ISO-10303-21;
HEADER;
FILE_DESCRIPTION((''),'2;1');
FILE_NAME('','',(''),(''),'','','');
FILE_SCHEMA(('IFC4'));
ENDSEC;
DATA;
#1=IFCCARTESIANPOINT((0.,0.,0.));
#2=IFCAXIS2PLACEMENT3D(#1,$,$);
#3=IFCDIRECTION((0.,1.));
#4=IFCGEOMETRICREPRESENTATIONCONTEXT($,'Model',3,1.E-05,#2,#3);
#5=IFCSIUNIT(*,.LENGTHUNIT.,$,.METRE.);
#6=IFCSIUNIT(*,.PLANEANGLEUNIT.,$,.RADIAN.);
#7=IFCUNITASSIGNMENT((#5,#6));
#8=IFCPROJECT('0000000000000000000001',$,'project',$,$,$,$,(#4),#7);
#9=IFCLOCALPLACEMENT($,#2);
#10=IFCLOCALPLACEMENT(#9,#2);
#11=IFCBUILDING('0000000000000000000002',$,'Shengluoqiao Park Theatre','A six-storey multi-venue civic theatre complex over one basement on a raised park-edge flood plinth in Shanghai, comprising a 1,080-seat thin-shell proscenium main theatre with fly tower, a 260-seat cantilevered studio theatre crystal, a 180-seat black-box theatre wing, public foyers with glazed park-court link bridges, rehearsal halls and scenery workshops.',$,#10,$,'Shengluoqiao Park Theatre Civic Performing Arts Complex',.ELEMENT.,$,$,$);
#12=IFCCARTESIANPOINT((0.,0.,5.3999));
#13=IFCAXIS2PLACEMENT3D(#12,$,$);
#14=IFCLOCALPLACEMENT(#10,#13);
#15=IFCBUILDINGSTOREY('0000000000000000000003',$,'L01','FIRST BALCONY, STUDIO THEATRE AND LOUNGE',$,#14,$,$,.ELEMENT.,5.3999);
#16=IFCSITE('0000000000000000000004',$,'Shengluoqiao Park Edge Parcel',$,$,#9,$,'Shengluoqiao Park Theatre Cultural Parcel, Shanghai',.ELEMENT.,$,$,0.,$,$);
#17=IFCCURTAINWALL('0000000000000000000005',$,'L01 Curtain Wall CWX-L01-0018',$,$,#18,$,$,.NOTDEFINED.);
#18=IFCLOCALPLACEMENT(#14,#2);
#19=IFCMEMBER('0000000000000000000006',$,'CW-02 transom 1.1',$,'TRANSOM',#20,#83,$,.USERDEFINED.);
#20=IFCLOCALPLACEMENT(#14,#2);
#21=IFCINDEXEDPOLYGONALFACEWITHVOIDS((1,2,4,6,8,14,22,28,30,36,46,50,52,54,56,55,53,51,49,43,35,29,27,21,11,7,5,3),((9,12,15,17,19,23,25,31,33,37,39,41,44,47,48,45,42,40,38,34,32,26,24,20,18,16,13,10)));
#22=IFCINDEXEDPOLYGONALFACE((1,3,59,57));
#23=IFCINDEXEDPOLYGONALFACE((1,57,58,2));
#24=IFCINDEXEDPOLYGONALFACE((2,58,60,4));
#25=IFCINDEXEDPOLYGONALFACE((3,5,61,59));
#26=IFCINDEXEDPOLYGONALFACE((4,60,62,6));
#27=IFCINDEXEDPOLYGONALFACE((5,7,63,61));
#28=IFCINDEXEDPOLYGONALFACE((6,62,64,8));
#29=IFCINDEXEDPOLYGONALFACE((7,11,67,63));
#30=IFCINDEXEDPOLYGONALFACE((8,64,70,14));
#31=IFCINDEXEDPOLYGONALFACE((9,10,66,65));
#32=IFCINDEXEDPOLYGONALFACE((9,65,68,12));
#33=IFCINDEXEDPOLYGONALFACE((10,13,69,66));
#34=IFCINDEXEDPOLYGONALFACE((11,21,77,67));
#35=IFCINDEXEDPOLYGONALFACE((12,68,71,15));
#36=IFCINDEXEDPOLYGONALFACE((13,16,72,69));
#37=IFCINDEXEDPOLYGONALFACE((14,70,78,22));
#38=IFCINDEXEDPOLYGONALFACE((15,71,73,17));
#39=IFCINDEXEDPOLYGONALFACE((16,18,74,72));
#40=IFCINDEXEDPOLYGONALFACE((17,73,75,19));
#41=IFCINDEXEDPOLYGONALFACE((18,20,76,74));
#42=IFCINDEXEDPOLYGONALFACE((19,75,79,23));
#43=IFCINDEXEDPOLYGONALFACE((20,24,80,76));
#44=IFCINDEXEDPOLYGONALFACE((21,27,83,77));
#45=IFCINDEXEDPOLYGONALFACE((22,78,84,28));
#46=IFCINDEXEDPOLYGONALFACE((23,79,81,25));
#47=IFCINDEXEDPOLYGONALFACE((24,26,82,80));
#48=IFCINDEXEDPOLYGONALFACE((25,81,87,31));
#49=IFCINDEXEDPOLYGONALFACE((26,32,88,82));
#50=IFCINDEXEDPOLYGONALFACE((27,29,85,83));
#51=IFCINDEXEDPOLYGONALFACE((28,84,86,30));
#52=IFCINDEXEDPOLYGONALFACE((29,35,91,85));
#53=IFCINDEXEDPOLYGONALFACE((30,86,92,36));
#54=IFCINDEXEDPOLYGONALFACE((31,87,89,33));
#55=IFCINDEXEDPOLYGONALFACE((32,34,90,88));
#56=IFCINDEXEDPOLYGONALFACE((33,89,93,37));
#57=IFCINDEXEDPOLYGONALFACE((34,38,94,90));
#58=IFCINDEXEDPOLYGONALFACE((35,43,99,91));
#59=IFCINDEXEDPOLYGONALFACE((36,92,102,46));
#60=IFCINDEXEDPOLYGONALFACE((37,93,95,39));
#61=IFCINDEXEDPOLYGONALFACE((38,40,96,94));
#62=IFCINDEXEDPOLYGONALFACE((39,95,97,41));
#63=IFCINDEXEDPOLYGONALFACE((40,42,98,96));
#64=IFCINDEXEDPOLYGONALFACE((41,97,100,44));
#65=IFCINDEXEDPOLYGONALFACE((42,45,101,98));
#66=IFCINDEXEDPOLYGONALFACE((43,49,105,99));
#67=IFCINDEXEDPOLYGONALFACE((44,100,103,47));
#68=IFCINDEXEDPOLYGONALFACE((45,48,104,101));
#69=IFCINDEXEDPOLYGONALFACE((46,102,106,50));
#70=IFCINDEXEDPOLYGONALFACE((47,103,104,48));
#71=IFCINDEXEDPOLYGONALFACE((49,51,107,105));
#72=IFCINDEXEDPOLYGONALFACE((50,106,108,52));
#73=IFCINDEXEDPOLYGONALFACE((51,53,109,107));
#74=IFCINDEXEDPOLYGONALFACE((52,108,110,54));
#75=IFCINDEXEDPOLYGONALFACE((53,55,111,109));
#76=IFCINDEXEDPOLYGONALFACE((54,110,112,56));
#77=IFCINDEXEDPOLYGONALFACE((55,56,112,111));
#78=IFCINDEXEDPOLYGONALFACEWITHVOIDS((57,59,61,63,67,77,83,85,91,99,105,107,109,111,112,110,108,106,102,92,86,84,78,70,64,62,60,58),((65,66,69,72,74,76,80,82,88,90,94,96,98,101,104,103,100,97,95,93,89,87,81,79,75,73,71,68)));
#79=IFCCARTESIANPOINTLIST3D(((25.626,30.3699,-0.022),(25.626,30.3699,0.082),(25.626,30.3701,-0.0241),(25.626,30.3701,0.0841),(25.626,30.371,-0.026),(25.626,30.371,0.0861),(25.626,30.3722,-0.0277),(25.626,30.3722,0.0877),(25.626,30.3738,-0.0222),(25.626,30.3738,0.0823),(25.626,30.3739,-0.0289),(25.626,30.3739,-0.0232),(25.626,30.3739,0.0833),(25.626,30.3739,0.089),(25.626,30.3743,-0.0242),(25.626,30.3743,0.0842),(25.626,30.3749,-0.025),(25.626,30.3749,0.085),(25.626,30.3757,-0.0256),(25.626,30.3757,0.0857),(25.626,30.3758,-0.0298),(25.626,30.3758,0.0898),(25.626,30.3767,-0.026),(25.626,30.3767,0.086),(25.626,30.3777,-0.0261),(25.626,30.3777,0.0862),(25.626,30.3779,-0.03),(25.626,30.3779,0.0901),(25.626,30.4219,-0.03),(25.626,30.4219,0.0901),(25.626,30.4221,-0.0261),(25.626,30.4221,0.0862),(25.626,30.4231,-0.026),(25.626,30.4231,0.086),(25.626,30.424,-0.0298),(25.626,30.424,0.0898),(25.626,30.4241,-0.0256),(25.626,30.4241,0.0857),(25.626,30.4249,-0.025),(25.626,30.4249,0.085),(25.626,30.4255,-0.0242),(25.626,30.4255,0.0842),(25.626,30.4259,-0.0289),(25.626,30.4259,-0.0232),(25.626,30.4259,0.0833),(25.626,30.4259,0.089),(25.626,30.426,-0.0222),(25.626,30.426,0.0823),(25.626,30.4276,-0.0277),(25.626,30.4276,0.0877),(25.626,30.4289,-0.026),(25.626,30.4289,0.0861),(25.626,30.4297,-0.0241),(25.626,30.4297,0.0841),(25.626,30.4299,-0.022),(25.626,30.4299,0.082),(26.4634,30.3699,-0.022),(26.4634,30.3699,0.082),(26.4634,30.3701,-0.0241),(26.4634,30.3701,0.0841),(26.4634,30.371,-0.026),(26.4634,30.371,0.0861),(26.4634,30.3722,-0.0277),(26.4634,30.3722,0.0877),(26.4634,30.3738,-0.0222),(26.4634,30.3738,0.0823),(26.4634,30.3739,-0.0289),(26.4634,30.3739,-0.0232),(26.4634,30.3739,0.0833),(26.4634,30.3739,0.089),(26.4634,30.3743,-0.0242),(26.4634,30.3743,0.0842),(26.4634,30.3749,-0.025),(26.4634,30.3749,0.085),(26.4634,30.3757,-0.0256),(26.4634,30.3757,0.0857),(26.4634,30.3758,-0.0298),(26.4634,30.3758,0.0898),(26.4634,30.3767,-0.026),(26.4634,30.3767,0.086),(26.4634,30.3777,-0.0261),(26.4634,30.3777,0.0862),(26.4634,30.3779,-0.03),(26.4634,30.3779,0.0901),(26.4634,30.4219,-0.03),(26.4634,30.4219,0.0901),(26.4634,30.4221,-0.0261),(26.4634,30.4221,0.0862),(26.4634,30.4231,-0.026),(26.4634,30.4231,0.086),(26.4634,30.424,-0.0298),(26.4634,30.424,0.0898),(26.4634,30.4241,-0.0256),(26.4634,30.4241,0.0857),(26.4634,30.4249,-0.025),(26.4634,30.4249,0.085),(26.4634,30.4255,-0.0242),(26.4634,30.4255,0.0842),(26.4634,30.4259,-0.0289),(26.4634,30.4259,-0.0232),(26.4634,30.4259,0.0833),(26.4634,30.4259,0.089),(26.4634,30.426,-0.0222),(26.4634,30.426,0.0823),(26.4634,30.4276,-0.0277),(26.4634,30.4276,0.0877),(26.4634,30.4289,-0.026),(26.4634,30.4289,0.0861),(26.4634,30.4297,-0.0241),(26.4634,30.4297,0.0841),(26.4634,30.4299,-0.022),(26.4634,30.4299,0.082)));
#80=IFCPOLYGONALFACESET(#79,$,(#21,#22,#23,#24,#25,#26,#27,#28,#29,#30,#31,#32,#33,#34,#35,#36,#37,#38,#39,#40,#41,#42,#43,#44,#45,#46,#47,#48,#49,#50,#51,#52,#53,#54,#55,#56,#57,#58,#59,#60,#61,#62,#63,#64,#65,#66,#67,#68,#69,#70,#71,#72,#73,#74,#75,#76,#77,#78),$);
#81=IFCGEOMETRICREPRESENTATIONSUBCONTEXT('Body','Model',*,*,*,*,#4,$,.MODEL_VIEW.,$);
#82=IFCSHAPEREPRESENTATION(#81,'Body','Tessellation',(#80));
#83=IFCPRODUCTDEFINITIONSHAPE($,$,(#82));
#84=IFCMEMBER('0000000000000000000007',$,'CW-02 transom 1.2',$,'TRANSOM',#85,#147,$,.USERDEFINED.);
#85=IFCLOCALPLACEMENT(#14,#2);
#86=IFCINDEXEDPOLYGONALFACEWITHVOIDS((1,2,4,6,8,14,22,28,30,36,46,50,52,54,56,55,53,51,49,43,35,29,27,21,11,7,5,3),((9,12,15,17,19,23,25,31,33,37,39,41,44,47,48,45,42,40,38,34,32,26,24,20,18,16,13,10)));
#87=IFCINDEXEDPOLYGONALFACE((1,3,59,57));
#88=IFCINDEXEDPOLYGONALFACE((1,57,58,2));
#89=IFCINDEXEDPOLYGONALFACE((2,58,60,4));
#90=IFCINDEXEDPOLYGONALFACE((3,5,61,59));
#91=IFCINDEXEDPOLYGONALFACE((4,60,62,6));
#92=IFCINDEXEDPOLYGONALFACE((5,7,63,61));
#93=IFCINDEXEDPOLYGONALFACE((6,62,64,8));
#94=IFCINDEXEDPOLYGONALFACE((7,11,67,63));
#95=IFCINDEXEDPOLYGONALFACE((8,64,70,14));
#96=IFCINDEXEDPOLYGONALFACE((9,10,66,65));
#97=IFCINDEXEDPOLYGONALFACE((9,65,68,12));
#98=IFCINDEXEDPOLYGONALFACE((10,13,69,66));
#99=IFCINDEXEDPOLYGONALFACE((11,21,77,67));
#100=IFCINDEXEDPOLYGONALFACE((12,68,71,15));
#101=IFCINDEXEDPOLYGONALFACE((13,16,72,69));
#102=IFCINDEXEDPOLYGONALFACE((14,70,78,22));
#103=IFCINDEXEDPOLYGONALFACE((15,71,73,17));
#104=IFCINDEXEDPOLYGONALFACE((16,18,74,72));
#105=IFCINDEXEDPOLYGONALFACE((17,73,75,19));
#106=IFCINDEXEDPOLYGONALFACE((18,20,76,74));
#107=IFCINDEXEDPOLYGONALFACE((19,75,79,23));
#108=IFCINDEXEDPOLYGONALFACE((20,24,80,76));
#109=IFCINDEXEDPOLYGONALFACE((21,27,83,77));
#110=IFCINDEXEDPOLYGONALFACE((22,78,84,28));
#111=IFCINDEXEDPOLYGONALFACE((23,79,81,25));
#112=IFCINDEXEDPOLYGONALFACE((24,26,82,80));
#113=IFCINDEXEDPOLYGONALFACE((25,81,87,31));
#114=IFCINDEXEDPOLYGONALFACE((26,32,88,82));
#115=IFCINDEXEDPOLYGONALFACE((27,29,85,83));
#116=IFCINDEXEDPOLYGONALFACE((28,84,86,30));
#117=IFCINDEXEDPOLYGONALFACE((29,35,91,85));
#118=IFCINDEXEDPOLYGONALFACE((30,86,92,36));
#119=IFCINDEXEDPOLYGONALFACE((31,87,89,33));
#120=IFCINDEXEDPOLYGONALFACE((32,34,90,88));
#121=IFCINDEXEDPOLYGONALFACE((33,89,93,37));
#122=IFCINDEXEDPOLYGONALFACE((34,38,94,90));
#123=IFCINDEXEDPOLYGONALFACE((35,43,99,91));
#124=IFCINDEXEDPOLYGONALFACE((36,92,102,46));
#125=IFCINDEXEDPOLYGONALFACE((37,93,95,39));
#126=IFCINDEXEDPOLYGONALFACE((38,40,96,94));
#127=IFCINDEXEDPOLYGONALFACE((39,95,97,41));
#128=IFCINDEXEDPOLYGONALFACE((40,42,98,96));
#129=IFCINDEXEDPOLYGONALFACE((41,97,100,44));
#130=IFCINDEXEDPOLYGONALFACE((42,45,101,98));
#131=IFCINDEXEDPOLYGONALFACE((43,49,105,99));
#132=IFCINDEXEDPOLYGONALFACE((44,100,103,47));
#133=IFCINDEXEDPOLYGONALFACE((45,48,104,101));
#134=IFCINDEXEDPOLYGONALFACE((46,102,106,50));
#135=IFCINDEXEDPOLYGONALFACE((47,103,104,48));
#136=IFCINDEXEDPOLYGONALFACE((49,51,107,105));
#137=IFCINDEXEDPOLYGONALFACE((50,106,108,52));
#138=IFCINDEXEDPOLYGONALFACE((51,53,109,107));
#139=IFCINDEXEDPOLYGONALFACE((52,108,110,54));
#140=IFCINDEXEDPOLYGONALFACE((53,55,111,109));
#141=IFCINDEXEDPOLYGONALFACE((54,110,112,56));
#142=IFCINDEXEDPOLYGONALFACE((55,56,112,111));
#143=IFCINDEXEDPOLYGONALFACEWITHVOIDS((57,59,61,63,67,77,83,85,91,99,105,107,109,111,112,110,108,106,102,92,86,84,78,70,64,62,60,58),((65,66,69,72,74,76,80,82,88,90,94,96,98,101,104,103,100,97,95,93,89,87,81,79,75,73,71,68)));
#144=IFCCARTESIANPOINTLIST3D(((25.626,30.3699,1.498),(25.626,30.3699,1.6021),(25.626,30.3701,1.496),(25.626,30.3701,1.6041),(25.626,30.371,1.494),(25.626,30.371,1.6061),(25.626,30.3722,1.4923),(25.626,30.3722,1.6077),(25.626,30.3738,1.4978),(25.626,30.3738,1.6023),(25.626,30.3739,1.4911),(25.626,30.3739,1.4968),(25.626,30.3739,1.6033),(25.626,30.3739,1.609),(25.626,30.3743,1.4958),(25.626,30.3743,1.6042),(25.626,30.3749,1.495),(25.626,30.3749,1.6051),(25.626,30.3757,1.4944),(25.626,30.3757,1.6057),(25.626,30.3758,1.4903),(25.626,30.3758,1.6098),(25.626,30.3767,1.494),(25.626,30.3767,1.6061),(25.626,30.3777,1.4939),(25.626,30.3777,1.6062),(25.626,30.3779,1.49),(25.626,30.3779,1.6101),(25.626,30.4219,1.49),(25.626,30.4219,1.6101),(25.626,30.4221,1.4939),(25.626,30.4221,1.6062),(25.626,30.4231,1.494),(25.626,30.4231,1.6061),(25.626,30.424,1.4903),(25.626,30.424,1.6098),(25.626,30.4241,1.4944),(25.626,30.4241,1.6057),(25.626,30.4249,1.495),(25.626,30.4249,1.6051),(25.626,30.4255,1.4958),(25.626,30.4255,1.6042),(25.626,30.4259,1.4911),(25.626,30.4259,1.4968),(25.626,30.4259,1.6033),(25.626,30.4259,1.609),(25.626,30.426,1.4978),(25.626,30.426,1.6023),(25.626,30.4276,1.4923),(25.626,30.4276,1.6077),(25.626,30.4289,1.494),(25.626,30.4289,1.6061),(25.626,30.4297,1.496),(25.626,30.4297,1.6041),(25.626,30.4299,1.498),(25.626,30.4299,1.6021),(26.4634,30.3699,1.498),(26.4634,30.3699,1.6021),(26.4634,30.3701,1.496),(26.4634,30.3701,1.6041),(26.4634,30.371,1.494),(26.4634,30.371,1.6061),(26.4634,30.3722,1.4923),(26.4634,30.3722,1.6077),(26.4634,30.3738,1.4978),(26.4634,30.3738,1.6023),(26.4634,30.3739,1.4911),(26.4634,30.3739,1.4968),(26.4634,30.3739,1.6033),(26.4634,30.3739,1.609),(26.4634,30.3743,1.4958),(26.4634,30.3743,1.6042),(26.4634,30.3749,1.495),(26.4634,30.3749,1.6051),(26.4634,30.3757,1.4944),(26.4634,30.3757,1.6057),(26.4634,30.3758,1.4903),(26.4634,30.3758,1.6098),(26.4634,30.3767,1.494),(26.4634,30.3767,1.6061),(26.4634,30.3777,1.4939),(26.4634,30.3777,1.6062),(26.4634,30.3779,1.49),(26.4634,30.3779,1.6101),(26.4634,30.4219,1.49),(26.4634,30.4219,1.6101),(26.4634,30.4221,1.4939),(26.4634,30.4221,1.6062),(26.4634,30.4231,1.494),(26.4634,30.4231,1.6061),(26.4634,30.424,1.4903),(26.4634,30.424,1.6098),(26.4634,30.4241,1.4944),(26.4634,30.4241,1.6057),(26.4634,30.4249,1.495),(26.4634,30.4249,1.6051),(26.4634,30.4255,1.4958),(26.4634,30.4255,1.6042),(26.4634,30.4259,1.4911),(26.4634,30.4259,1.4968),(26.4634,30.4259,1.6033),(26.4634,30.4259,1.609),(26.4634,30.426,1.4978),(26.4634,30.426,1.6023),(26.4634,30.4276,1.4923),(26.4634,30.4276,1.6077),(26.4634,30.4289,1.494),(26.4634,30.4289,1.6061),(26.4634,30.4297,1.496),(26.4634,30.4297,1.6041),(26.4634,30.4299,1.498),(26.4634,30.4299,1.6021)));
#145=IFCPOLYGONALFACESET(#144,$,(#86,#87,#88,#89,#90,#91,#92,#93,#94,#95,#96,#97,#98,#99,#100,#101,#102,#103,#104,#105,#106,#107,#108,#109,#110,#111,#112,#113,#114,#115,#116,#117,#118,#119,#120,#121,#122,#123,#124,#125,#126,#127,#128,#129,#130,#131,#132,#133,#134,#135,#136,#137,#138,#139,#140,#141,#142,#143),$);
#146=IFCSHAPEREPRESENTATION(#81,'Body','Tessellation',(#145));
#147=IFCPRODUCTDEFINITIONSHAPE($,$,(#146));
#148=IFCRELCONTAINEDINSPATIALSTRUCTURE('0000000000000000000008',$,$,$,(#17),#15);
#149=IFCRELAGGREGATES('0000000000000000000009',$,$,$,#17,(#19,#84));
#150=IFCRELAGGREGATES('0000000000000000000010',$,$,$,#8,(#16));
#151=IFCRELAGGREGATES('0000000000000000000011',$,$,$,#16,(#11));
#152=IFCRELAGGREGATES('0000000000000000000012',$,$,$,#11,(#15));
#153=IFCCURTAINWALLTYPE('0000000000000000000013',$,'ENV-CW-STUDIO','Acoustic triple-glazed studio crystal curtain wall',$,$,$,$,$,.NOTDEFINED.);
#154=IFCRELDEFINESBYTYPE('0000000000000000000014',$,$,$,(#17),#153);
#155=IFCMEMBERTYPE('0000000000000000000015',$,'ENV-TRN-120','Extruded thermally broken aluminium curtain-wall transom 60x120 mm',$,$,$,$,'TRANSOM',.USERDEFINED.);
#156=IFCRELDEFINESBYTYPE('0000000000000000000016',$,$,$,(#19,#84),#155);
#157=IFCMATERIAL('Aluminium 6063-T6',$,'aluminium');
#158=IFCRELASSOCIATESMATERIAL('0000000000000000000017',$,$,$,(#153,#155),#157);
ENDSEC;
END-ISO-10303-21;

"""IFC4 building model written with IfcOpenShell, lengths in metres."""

from ifc_helpers import new_model, si_unit, direction, frame, origin, origin_2d, place, context, subcontext, project, spatial, hollow_rectangle, extrude, material, material_profile, profile_set, type_object, element, aggregate, save


model = new_model("IFC4")

# Units and contexts
model_context = context("Model", 3, precision=1e-05, world=origin(), true_north=direction((0.0, 1.0)))
body_context = subcontext(model_context, "Body", "Model", "MODEL_VIEW")
ifc_project = project(units=[si_unit("LENGTHUNIT", "METRE"), si_unit("PLANEANGLEUNIT", "RADIAN")], contexts=[model_context])

# Site, building, storey
site_placement = place(None, origin())
site = spatial("IfcSite", under=ifc_project, at=site_placement, Name="Shengluoqiao Park Edge Parcel", LongName="Shengluoqiao Park Theatre Cultural Parcel, Shanghai", CompositionType="ELEMENT", RefElevation=0.0)
building_placement = place(site_placement, origin())
building = spatial("IfcBuilding", under=site, at=building_placement, Name="Shengluoqiao Park Theatre", Description="A six-storey multi-venue civic theatre complex over one basement on a raised park-edge flood plinth in Shanghai, comprising a 1,080-seat thin-shell proscenium main theatre with fly tower, a 260-seat cantilevered studio theatre crystal, a 180-seat black-box theatre wing, public foyers with glazed park-court link bridges, rehearsal halls and scenery workshops.", LongName="Shengluoqiao Park Theatre Civic Performing Arts Complex", CompositionType="ELEMENT")
storey_placement = place(building_placement, frame((0.0, 0.0, 5.3999)))
storey = spatial("IfcBuildingStorey", under=building, at=storey_placement, Name="L01", Description="FIRST BALCONY, STUDIO THEATRE AND LOUNGE", CompositionType="ELEMENT", Elevation=5.3999)

# Curtain wall
ifc_material_1 = material(Name="Aluminium 6063-T6", Category="aluminium")
curtain_wall_type_1 = type_object("IfcCurtainWallType", Name="ENV-CW-STUDIO", Description="Acoustic triple-glazed studio crystal curtain wall", PredefinedType="NOTDEFINED", material=ifc_material_1)
curtain_wall_1_placement = place(storey_placement, origin())
curtain_wall_1 = element("IfcCurtainWall", 1, at=curtain_wall_1_placement, inside=storey, type_object=curtain_wall_type_1, Name="L01 Curtain Wall CWX-L01-0018", PredefinedType="NOTDEFINED")

# Members
ifc_material_profile_1 = material_profile(ifc_material_1, hollow_rectangle(XDim=0.0601, YDim=0.1201, WallThickness=0.0039, InnerFilletRadius=0.0039, OuterFilletRadius=0.0081, at=origin_2d()), Name="ALU TRANSOM 120x60x4")
ifc_profile_set_1 = profile_set([ifc_material_profile_1], Name="Aluminium 6063-T6")
member_type_1 = type_object("IfcMemberType", Name="ENV-TRN-120", Description="Extruded thermally broken aluminium curtain-wall transom 60x120 mm", ElementType="TRANSOM", PredefinedType="USERDEFINED", material=ifc_profile_set_1)
member_1_placement = place(storey_placement, frame((25.626, 30.3999, 0.03), z_axis=(1.0, 0.0, 0.0), x_axis=(0.0, 1.0, 0.0)))
member_1 = element("IfcMember", 2, at=member_1_placement, type_object=member_type_1, Name="CW-02 transom 1.1", ObjectType="TRANSOM", PredefinedType="USERDEFINED", context=body_context, shape_type="SweptSolid", body=[
    extrude(hollow_rectangle(XDim=0.0601, YDim=0.1201, WallThickness=0.0039, InnerFilletRadius=0.0039, OuterFilletRadius=0.0081, at=origin_2d()), origin(), (0.0, 0.0, 1.0), 0.8374),
])
member_2_placement = place(storey_placement, frame((25.626, 30.3999, 1.55), z_axis=(1.0, 0.0, 0.0), x_axis=(0.0, 1.0, 0.0)))
member_2 = element("IfcMember", 3, at=member_2_placement, type_object=member_type_1, Name="CW-02 transom 1.2", ObjectType="TRANSOM", PredefinedType="USERDEFINED", context=body_context, shape_type="SweptSolid", body=[
    extrude(hollow_rectangle(XDim=0.0601, YDim=0.1201, WallThickness=0.0039, InnerFilletRadius=0.0039, OuterFilletRadius=0.0081, at=origin_2d()), origin(), (0.0, 0.0, 1.0), 0.8374),
])

aggregate(curtain_wall_1, [member_1, member_2])

save(model, "model.ifc")
